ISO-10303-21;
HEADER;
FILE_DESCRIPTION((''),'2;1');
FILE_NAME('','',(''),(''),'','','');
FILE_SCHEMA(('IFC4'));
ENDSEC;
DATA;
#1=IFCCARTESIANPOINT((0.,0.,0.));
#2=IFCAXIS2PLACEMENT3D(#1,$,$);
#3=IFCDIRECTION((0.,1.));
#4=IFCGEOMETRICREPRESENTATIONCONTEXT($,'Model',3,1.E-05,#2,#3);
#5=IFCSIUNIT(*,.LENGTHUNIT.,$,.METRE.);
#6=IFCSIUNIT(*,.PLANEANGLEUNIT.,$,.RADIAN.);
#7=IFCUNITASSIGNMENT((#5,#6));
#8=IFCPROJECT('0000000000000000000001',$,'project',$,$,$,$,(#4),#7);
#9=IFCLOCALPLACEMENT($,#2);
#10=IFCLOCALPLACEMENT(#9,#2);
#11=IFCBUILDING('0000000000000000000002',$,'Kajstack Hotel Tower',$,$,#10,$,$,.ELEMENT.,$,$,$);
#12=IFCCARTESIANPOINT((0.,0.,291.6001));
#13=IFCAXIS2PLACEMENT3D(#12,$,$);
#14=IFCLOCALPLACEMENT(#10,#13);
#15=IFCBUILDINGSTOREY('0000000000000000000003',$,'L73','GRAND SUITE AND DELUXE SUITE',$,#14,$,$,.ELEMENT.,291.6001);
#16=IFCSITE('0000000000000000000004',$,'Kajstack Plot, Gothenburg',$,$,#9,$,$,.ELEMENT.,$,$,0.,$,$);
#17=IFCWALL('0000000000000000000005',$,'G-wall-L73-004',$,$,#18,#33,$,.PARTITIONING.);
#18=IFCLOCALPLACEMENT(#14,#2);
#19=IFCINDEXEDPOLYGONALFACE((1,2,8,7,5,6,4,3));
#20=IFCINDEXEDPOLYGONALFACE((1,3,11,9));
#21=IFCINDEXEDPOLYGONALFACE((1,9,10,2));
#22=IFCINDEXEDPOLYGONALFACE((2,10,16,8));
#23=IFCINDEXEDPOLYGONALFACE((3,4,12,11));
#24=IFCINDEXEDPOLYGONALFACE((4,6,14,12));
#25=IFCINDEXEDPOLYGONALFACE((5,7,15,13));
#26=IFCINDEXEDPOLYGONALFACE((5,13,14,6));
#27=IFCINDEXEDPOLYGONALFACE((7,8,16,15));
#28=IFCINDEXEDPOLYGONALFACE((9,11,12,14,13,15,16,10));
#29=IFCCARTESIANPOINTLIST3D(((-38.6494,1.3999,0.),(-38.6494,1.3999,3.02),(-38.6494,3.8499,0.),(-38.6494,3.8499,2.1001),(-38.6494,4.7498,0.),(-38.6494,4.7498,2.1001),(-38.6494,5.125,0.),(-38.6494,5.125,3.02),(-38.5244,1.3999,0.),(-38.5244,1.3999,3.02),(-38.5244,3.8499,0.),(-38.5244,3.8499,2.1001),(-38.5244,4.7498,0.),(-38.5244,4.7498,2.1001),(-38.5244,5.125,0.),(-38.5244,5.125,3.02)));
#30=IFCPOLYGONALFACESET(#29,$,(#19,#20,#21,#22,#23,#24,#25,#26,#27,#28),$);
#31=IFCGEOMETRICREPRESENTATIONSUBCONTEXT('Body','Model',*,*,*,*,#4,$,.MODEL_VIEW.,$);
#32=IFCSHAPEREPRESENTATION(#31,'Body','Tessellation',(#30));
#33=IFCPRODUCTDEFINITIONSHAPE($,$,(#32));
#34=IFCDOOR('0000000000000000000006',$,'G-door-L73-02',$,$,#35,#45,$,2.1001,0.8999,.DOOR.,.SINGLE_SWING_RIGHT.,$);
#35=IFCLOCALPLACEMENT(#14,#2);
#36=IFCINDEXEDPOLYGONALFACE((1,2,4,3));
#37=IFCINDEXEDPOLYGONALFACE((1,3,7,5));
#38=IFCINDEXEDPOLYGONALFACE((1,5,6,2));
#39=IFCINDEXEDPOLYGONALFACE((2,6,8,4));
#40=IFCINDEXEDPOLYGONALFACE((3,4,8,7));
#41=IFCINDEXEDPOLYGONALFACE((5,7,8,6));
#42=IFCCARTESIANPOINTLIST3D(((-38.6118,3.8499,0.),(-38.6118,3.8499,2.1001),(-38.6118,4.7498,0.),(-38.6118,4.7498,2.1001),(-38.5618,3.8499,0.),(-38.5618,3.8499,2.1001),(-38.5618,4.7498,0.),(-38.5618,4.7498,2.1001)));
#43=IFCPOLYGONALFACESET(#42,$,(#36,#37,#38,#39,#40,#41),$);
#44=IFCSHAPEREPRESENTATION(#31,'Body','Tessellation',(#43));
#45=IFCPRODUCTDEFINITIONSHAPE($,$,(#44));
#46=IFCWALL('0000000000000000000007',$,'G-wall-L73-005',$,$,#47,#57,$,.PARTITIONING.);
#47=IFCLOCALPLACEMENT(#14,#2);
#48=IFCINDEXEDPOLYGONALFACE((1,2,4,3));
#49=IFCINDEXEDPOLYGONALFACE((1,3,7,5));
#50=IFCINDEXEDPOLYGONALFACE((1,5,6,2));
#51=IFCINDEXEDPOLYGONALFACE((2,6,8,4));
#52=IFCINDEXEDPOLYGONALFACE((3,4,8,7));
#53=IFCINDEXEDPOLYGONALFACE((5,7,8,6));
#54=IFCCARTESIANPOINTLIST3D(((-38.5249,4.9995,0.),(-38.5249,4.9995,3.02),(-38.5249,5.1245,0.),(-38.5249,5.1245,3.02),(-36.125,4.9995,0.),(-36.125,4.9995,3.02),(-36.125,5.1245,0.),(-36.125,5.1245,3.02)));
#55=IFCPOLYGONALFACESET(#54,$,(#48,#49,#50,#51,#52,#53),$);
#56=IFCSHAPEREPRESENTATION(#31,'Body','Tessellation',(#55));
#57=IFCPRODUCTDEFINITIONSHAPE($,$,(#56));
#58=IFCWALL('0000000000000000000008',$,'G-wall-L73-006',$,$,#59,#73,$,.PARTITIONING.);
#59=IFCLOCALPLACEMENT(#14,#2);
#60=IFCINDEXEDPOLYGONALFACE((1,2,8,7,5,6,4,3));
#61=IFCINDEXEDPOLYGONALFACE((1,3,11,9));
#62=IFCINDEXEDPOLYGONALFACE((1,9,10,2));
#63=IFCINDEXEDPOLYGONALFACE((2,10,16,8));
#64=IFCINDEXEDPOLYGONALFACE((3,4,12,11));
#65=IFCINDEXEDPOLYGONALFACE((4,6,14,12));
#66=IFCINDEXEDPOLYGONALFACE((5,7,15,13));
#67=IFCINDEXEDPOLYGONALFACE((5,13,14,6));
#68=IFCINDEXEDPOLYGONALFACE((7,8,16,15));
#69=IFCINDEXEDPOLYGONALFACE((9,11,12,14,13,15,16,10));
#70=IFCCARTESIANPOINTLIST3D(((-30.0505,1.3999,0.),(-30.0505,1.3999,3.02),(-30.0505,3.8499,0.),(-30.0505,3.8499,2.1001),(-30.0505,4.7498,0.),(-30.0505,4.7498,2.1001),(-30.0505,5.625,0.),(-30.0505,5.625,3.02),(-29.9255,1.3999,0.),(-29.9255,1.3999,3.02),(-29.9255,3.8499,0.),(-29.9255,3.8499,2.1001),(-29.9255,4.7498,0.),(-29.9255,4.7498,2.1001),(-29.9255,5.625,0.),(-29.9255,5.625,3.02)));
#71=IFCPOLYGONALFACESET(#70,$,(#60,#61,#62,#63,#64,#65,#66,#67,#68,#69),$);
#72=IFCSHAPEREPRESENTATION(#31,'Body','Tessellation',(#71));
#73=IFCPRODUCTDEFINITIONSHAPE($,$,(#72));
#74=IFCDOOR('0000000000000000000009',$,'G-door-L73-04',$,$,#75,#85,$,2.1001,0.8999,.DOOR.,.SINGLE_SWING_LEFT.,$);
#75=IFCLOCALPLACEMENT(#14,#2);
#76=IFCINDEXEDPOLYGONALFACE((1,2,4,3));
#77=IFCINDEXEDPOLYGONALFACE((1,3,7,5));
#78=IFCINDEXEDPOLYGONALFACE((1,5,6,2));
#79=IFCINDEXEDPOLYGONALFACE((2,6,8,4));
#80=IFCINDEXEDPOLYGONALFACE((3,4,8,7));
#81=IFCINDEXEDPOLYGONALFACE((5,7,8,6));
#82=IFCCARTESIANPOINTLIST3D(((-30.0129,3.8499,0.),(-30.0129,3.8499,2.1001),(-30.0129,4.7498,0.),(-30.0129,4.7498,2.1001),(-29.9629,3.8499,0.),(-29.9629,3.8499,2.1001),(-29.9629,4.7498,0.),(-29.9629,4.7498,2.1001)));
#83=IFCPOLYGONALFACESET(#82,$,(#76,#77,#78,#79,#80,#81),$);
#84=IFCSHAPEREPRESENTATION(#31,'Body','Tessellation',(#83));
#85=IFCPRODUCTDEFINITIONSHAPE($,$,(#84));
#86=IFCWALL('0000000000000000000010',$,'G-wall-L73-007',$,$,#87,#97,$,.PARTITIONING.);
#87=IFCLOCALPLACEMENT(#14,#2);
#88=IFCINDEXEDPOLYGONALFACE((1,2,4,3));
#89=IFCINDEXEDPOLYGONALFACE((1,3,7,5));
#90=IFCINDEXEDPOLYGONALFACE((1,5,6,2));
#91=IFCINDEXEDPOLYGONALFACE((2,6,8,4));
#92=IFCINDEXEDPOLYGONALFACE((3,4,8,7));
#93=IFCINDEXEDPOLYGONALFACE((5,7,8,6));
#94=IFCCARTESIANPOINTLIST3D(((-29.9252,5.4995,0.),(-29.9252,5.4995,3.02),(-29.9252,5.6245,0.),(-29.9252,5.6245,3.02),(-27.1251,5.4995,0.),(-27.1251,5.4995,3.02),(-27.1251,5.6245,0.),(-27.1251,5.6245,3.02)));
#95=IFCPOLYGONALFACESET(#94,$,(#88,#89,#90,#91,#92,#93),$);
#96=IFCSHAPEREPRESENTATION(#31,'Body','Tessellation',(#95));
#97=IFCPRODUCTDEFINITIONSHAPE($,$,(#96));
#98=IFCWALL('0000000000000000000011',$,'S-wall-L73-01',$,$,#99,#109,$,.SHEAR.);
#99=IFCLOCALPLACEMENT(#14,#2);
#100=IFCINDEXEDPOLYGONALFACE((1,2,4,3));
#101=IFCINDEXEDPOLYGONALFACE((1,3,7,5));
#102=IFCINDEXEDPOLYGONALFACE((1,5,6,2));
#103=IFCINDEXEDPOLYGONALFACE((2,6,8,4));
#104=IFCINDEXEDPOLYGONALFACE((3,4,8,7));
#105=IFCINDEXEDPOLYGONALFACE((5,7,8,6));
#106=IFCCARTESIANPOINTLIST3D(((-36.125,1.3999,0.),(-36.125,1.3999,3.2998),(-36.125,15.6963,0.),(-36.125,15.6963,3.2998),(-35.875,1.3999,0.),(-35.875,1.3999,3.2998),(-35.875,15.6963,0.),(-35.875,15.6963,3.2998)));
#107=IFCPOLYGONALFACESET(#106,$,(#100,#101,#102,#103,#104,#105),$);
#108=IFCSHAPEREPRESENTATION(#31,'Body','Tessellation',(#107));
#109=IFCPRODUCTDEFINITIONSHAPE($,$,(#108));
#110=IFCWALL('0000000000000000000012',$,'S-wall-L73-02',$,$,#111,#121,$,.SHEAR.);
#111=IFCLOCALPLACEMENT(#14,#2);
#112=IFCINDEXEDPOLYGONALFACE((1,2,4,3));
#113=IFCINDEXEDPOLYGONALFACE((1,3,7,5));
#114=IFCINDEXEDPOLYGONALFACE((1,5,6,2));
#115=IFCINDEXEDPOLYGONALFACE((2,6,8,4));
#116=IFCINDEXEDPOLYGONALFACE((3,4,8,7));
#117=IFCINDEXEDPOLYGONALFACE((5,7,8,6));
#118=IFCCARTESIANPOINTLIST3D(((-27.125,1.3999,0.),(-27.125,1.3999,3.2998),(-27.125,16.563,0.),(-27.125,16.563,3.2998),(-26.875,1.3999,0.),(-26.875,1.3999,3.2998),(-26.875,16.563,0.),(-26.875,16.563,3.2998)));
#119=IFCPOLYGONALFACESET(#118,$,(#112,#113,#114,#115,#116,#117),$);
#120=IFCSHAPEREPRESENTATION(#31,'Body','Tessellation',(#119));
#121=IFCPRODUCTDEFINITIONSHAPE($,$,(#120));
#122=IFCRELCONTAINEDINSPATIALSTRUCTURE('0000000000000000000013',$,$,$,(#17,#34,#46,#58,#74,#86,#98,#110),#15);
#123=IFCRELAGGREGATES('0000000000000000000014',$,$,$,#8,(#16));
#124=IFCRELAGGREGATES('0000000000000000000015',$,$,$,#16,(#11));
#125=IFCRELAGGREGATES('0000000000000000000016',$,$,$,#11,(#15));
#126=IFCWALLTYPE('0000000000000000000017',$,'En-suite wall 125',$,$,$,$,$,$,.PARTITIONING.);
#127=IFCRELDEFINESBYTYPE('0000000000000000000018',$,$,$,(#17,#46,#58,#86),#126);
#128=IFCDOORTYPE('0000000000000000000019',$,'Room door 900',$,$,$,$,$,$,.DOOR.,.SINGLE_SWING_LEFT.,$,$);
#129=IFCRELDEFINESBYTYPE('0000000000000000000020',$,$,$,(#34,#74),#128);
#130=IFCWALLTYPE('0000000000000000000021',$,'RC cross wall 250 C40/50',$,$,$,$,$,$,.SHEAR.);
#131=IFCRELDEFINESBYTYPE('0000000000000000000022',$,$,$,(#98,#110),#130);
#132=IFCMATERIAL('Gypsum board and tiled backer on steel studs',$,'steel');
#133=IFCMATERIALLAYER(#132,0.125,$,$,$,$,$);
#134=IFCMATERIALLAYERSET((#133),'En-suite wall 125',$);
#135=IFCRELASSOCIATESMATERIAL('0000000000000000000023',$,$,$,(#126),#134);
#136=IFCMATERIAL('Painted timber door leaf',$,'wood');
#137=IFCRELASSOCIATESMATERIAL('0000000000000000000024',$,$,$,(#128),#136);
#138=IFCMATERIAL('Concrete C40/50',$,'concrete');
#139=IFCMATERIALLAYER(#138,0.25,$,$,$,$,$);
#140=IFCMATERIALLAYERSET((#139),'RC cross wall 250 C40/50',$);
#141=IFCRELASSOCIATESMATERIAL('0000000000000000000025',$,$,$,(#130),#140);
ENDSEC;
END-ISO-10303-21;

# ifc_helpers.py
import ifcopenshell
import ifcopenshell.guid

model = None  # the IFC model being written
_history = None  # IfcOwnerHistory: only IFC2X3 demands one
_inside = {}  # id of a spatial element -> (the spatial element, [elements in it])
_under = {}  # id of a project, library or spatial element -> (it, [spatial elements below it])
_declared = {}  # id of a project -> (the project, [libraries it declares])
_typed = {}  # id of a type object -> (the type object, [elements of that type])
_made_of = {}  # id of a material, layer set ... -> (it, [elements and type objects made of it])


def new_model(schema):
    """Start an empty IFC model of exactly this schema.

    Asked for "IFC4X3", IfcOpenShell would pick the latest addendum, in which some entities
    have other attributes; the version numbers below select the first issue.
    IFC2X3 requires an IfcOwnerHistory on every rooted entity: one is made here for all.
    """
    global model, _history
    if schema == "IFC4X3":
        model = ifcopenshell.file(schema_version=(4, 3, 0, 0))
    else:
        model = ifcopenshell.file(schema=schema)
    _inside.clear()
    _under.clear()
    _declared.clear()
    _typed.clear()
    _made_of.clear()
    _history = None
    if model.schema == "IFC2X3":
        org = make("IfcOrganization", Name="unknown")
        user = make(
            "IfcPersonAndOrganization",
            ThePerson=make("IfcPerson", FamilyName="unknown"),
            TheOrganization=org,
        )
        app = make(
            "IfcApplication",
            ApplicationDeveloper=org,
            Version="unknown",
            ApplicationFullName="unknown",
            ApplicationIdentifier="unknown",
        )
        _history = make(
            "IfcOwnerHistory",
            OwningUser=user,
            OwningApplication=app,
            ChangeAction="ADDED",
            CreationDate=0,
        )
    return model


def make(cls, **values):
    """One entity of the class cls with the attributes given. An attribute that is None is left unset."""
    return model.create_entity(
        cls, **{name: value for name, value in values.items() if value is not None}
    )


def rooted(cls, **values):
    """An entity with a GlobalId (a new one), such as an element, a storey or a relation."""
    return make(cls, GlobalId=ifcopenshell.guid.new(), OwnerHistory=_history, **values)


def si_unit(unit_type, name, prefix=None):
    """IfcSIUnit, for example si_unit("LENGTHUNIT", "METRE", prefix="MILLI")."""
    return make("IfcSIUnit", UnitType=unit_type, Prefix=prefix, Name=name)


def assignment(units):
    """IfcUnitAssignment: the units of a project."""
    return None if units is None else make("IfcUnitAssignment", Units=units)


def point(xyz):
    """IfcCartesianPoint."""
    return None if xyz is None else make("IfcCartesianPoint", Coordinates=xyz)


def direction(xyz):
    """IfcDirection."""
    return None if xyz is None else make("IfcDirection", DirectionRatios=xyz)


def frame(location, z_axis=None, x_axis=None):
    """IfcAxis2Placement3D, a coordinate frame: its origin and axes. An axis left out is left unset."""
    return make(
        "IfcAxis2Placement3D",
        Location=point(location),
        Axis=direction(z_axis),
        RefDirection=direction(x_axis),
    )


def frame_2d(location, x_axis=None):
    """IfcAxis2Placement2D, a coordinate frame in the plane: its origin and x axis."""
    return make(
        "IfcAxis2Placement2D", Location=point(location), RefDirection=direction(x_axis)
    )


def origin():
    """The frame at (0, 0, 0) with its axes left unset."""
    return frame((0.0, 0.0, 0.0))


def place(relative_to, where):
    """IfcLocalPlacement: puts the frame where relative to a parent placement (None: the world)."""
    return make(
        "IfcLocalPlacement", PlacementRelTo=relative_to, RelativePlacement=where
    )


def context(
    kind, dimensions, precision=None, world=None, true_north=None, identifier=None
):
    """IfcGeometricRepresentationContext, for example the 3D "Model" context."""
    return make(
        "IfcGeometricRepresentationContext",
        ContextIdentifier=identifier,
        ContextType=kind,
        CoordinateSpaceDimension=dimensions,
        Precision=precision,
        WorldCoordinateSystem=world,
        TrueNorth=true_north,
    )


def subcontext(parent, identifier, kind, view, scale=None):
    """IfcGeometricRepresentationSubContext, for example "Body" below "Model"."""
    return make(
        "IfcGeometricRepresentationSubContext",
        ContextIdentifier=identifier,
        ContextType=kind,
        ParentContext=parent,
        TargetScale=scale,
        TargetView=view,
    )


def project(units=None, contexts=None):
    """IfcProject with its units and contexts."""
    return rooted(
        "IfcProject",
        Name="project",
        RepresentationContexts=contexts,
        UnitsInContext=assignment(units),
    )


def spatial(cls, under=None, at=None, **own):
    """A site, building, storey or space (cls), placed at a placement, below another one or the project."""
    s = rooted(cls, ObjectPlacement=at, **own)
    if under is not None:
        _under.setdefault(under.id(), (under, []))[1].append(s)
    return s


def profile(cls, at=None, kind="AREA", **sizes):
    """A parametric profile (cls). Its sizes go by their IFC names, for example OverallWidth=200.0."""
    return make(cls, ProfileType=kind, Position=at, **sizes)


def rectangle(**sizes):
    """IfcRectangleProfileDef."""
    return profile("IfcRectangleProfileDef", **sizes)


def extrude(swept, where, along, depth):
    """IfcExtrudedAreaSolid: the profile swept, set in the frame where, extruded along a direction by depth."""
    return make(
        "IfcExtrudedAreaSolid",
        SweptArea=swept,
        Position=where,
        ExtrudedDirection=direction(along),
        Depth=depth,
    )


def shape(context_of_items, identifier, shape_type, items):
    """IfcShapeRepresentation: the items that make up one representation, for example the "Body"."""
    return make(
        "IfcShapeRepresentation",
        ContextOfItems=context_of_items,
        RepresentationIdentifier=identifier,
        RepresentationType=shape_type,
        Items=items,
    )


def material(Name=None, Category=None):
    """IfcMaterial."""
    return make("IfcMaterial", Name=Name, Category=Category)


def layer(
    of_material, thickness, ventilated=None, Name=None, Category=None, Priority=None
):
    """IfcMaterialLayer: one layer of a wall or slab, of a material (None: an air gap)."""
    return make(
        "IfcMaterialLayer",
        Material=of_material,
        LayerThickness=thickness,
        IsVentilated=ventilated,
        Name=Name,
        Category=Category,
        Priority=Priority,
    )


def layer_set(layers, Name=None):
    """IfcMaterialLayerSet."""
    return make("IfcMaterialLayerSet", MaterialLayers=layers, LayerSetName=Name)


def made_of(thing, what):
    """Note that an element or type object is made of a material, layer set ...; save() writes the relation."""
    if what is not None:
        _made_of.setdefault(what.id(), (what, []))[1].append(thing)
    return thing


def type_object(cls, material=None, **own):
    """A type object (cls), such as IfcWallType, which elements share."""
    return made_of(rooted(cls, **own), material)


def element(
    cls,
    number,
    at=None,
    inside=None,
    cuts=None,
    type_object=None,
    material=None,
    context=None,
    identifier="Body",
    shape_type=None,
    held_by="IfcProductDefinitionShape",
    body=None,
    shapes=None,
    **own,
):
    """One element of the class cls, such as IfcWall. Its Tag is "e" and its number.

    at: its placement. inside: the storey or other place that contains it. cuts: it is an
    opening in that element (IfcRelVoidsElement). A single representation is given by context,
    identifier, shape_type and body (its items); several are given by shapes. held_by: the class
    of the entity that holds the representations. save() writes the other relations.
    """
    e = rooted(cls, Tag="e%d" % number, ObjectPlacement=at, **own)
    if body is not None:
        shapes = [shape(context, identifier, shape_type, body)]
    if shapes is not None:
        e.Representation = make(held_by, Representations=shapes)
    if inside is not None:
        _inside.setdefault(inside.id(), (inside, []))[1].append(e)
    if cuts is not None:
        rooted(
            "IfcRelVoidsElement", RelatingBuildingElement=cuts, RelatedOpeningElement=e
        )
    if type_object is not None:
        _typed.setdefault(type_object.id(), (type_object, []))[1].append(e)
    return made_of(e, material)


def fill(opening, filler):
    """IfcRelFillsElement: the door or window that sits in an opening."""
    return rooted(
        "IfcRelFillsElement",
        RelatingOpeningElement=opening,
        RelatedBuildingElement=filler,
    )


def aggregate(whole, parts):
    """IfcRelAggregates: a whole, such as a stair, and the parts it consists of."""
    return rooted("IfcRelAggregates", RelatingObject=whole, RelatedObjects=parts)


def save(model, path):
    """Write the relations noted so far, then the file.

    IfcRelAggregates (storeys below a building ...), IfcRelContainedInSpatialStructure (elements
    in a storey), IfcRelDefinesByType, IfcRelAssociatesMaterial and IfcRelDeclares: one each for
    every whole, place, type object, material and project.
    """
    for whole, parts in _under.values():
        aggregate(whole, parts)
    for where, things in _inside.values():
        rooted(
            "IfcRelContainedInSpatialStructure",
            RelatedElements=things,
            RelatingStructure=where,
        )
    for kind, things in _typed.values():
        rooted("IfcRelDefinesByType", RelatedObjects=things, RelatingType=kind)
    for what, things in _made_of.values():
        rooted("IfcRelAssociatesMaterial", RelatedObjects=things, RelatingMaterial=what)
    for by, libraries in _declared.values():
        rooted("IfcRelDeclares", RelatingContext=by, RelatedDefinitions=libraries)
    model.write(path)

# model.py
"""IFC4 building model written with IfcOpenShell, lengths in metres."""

from ifc_helpers import new_model, si_unit, direction, frame, frame_2d, origin, place, context, subcontext, project, spatial, rectangle, extrude, material, layer, layer_set, type_object, element, fill, save


model = new_model("IFC4")

# Units and contexts
model_context = context("Model", 3, precision=1e-05, world=origin(), true_north=direction((0.0, 1.0)))
body_context = subcontext(model_context, "Body", "Model", "MODEL_VIEW")
ifc_project = project(units=[si_unit("LENGTHUNIT", "METRE"), si_unit("PLANEANGLEUNIT", "RADIAN")], contexts=[model_context])

# Site, building, storey
site_placement = place(None, origin())
site = spatial("IfcSite", under=ifc_project, at=site_placement, Name="Kajstack Plot, Gothenburg", CompositionType="ELEMENT", RefElevation=0.0)
building_placement = place(site_placement, origin())
building = spatial("IfcBuilding", under=site, at=building_placement, Name="Kajstack Hotel Tower", CompositionType="ELEMENT")
storey_placement = place(building_placement, frame((0.0, 0.0, 291.6001)))
storey = spatial("IfcBuildingStorey", under=building, at=storey_placement, Name="L73", Description="GRAND SUITE AND DELUXE SUITE", CompositionType="ELEMENT", Elevation=291.6001)

# Wall, opening, door
ifc_material_1 = material(Name="Gypsum board and tiled backer on steel studs", Category="steel")
ifc_layer_1 = layer(ifc_material_1, 0.125)
ifc_layer_set_1 = layer_set([ifc_layer_1], Name="En-suite wall 125")
wall_type_1 = type_object("IfcWallType", Name="En-suite wall 125", PredefinedType="PARTITIONING", material=ifc_layer_set_1)
wall_1_placement = place(storey_placement, frame((-38.5869, 1.3999, 0.0), z_axis=(0.0, 0.0, 1.0), x_axis=(0.0, 1.0, 0.0)))
wall_1 = element("IfcWall", 1, at=wall_1_placement, inside=storey, type_object=wall_type_1, Name="G-wall-L73-004", PredefinedType="PARTITIONING", context=body_context, shape_type="SweptSolid", body=[
    extrude(rectangle(XDim=3.7251, YDim=0.125, at=frame_2d((1.8625, 0.0))), origin(), (0.0, 0.0, 1.0), 3.02),
])
opening_1_placement = place(wall_1_placement, frame((2.45, 0.0, 0.0)))
opening_1 = element("IfcOpeningElement", 2, at=opening_1_placement, cuts=wall_1, PredefinedType="OPENING", context=body_context, shape_type="SweptSolid", body=[
    extrude(rectangle(XDim=0.8999, YDim=2.1001, at=frame_2d((0.45, 1.05))), frame((0.0, 0.0725, 0.0), z_axis=(0.0, -1.0, 0.0), x_axis=(1.0, 0.0, 0.0)), (0.0, 0.0, 1.0), 0.145),
])
ifc_material_2 = material(Name="Painted timber door leaf", Category="wood")
door_type = type_object("IfcDoorType", Name="Room door 900", OperationType="SINGLE_SWING_LEFT", PredefinedType="DOOR", material=ifc_material_2)
door_1_placement = place(opening_1_placement, origin())
door_1 = element("IfcDoor", 3, at=door_1_placement, inside=storey, type_object=door_type, Name="G-door-L73-02", OperationType="SINGLE_SWING_RIGHT", OverallHeight=2.1001, OverallWidth=0.8999, PredefinedType="DOOR", context=body_context, shape_type="SweptSolid", body=[
    extrude(rectangle(XDim=0.8999, YDim=2.1001, at=frame_2d((0.45, 1.05))), frame((0.0, 0.0249, 0.0), z_axis=(0.0, -1.0, 0.0), x_axis=(1.0, 0.0, 0.0)), (0.0, 0.0, 1.0), 0.05),
])
fill(opening_1, door_1)

# Wall
wall_2_placement = place(storey_placement, frame((-38.5249, 5.062, 0.0), z_axis=(0.0, 0.0, 1.0), x_axis=(1.0, 0.0, 0.0)))
element("IfcWall", 4, at=wall_2_placement, inside=storey, type_object=wall_type_1, Name="G-wall-L73-005", PredefinedType="PARTITIONING", context=body_context, shape_type="SweptSolid", body=[
    extrude(rectangle(XDim=2.3999, YDim=0.125, at=frame_2d((1.2, 0.0))), origin(), (0.0, 0.0, 1.0), 3.02),
])

# Wall, opening, door
wall_3_placement = place(storey_placement, frame((-29.988, 1.3999, 0.0), z_axis=(0.0, 0.0, 1.0), x_axis=(0.0, 1.0, 0.0)))
wall_3 = element("IfcWall", 5, at=wall_3_placement, inside=storey, type_object=wall_type_1, Name="G-wall-L73-006", PredefinedType="PARTITIONING", context=body_context, shape_type="SweptSolid", body=[
    extrude(rectangle(XDim=4.2251, YDim=0.125, at=frame_2d((2.1125, 0.0))), origin(), (0.0, 0.0, 1.0), 3.02),
])
opening_2_placement = place(wall_3_placement, frame((2.45, 0.0, 0.0)))
opening_2 = element("IfcOpeningElement", 6, at=opening_2_placement, cuts=wall_3, PredefinedType="OPENING", context=body_context, shape_type="SweptSolid", body=[
    extrude(rectangle(XDim=0.8999, YDim=2.1001, at=frame_2d((0.45, 1.05))), frame((0.0, 0.0725, 0.0), z_axis=(0.0, -1.0, 0.0), x_axis=(1.0, 0.0, 0.0)), (0.0, 0.0, 1.0), 0.145),
])
door_2_placement = place(opening_2_placement, origin())
door_2 = element("IfcDoor", 7, at=door_2_placement, inside=storey, type_object=door_type, Name="G-door-L73-04", OperationType="SINGLE_SWING_LEFT", OverallHeight=2.1001, OverallWidth=0.8999, PredefinedType="DOOR", context=body_context, shape_type="SweptSolid", body=[
    extrude(rectangle(XDim=0.8999, YDim=2.1001, at=frame_2d((0.45, 1.05))), frame((0.0, 0.0249, 0.0), z_axis=(0.0, -1.0, 0.0), x_axis=(1.0, 0.0, 0.0)), (0.0, 0.0, 1.0), 0.05),
])
fill(opening_2, door_2)

# Walls
wall_4_placement = place(storey_placement, frame((-29.925, 5.562, 0.0), z_axis=(0.0, 0.0, 1.0), x_axis=(1.0, 0.0, 0.0)))
element("IfcWall", 8, at=wall_4_placement, inside=storey, type_object=wall_type_1, Name="G-wall-L73-007", PredefinedType="PARTITIONING", context=body_context, shape_type="SweptSolid", body=[
    extrude(rectangle(XDim=2.8, YDim=0.125, at=frame_2d((1.3999, 0.0))), origin(), (0.0, 0.0, 1.0), 3.02),
])
ifc_material_3 = material(Name="Concrete C40/50", Category="concrete")
ifc_layer_2 = layer(ifc_material_3, 0.25)
ifc_layer_set_2 = layer_set([ifc_layer_2], Name="RC cross wall 250 C40/50")
wall_type_2 = type_object("IfcWallType", Name="RC cross wall 250 C40/50", PredefinedType="SHEAR", material=ifc_layer_set_2)
wall_5_placement = place(storey_placement, frame((-36.0, 1.3999, 0.0), z_axis=(0.0, 0.0, 1.0), x_axis=(0.0, 1.0, 0.0)))
element("IfcWall", 9, at=wall_5_placement, inside=storey, type_object=wall_type_2, Name="S-wall-L73-01", PredefinedType="SHEAR", context=body_context, shape_type="SweptSolid", body=[
    extrude(rectangle(XDim=14.2964, YDim=0.25, at=frame_2d((7.1482, 0.0))), origin(), (0.0, 0.0, 1.0), 3.2998),
])
wall_6_placement = place(storey_placement, frame((-27.0, 1.3999, 0.0), z_axis=(0.0, 0.0, 1.0), x_axis=(0.0, 1.0, 0.0)))
element("IfcWall", 10, at=wall_6_placement, inside=storey, type_object=wall_type_2, Name="S-wall-L73-02", PredefinedType="SHEAR", context=body_context, shape_type="SweptSolid", body=[
    extrude(rectangle(XDim=15.1631, YDim=0.25, at=frame_2d((7.5815, 0.0))), origin(), (0.0, 0.0, 1.0), 3.2998),
])

save(model, "model.ifc")
